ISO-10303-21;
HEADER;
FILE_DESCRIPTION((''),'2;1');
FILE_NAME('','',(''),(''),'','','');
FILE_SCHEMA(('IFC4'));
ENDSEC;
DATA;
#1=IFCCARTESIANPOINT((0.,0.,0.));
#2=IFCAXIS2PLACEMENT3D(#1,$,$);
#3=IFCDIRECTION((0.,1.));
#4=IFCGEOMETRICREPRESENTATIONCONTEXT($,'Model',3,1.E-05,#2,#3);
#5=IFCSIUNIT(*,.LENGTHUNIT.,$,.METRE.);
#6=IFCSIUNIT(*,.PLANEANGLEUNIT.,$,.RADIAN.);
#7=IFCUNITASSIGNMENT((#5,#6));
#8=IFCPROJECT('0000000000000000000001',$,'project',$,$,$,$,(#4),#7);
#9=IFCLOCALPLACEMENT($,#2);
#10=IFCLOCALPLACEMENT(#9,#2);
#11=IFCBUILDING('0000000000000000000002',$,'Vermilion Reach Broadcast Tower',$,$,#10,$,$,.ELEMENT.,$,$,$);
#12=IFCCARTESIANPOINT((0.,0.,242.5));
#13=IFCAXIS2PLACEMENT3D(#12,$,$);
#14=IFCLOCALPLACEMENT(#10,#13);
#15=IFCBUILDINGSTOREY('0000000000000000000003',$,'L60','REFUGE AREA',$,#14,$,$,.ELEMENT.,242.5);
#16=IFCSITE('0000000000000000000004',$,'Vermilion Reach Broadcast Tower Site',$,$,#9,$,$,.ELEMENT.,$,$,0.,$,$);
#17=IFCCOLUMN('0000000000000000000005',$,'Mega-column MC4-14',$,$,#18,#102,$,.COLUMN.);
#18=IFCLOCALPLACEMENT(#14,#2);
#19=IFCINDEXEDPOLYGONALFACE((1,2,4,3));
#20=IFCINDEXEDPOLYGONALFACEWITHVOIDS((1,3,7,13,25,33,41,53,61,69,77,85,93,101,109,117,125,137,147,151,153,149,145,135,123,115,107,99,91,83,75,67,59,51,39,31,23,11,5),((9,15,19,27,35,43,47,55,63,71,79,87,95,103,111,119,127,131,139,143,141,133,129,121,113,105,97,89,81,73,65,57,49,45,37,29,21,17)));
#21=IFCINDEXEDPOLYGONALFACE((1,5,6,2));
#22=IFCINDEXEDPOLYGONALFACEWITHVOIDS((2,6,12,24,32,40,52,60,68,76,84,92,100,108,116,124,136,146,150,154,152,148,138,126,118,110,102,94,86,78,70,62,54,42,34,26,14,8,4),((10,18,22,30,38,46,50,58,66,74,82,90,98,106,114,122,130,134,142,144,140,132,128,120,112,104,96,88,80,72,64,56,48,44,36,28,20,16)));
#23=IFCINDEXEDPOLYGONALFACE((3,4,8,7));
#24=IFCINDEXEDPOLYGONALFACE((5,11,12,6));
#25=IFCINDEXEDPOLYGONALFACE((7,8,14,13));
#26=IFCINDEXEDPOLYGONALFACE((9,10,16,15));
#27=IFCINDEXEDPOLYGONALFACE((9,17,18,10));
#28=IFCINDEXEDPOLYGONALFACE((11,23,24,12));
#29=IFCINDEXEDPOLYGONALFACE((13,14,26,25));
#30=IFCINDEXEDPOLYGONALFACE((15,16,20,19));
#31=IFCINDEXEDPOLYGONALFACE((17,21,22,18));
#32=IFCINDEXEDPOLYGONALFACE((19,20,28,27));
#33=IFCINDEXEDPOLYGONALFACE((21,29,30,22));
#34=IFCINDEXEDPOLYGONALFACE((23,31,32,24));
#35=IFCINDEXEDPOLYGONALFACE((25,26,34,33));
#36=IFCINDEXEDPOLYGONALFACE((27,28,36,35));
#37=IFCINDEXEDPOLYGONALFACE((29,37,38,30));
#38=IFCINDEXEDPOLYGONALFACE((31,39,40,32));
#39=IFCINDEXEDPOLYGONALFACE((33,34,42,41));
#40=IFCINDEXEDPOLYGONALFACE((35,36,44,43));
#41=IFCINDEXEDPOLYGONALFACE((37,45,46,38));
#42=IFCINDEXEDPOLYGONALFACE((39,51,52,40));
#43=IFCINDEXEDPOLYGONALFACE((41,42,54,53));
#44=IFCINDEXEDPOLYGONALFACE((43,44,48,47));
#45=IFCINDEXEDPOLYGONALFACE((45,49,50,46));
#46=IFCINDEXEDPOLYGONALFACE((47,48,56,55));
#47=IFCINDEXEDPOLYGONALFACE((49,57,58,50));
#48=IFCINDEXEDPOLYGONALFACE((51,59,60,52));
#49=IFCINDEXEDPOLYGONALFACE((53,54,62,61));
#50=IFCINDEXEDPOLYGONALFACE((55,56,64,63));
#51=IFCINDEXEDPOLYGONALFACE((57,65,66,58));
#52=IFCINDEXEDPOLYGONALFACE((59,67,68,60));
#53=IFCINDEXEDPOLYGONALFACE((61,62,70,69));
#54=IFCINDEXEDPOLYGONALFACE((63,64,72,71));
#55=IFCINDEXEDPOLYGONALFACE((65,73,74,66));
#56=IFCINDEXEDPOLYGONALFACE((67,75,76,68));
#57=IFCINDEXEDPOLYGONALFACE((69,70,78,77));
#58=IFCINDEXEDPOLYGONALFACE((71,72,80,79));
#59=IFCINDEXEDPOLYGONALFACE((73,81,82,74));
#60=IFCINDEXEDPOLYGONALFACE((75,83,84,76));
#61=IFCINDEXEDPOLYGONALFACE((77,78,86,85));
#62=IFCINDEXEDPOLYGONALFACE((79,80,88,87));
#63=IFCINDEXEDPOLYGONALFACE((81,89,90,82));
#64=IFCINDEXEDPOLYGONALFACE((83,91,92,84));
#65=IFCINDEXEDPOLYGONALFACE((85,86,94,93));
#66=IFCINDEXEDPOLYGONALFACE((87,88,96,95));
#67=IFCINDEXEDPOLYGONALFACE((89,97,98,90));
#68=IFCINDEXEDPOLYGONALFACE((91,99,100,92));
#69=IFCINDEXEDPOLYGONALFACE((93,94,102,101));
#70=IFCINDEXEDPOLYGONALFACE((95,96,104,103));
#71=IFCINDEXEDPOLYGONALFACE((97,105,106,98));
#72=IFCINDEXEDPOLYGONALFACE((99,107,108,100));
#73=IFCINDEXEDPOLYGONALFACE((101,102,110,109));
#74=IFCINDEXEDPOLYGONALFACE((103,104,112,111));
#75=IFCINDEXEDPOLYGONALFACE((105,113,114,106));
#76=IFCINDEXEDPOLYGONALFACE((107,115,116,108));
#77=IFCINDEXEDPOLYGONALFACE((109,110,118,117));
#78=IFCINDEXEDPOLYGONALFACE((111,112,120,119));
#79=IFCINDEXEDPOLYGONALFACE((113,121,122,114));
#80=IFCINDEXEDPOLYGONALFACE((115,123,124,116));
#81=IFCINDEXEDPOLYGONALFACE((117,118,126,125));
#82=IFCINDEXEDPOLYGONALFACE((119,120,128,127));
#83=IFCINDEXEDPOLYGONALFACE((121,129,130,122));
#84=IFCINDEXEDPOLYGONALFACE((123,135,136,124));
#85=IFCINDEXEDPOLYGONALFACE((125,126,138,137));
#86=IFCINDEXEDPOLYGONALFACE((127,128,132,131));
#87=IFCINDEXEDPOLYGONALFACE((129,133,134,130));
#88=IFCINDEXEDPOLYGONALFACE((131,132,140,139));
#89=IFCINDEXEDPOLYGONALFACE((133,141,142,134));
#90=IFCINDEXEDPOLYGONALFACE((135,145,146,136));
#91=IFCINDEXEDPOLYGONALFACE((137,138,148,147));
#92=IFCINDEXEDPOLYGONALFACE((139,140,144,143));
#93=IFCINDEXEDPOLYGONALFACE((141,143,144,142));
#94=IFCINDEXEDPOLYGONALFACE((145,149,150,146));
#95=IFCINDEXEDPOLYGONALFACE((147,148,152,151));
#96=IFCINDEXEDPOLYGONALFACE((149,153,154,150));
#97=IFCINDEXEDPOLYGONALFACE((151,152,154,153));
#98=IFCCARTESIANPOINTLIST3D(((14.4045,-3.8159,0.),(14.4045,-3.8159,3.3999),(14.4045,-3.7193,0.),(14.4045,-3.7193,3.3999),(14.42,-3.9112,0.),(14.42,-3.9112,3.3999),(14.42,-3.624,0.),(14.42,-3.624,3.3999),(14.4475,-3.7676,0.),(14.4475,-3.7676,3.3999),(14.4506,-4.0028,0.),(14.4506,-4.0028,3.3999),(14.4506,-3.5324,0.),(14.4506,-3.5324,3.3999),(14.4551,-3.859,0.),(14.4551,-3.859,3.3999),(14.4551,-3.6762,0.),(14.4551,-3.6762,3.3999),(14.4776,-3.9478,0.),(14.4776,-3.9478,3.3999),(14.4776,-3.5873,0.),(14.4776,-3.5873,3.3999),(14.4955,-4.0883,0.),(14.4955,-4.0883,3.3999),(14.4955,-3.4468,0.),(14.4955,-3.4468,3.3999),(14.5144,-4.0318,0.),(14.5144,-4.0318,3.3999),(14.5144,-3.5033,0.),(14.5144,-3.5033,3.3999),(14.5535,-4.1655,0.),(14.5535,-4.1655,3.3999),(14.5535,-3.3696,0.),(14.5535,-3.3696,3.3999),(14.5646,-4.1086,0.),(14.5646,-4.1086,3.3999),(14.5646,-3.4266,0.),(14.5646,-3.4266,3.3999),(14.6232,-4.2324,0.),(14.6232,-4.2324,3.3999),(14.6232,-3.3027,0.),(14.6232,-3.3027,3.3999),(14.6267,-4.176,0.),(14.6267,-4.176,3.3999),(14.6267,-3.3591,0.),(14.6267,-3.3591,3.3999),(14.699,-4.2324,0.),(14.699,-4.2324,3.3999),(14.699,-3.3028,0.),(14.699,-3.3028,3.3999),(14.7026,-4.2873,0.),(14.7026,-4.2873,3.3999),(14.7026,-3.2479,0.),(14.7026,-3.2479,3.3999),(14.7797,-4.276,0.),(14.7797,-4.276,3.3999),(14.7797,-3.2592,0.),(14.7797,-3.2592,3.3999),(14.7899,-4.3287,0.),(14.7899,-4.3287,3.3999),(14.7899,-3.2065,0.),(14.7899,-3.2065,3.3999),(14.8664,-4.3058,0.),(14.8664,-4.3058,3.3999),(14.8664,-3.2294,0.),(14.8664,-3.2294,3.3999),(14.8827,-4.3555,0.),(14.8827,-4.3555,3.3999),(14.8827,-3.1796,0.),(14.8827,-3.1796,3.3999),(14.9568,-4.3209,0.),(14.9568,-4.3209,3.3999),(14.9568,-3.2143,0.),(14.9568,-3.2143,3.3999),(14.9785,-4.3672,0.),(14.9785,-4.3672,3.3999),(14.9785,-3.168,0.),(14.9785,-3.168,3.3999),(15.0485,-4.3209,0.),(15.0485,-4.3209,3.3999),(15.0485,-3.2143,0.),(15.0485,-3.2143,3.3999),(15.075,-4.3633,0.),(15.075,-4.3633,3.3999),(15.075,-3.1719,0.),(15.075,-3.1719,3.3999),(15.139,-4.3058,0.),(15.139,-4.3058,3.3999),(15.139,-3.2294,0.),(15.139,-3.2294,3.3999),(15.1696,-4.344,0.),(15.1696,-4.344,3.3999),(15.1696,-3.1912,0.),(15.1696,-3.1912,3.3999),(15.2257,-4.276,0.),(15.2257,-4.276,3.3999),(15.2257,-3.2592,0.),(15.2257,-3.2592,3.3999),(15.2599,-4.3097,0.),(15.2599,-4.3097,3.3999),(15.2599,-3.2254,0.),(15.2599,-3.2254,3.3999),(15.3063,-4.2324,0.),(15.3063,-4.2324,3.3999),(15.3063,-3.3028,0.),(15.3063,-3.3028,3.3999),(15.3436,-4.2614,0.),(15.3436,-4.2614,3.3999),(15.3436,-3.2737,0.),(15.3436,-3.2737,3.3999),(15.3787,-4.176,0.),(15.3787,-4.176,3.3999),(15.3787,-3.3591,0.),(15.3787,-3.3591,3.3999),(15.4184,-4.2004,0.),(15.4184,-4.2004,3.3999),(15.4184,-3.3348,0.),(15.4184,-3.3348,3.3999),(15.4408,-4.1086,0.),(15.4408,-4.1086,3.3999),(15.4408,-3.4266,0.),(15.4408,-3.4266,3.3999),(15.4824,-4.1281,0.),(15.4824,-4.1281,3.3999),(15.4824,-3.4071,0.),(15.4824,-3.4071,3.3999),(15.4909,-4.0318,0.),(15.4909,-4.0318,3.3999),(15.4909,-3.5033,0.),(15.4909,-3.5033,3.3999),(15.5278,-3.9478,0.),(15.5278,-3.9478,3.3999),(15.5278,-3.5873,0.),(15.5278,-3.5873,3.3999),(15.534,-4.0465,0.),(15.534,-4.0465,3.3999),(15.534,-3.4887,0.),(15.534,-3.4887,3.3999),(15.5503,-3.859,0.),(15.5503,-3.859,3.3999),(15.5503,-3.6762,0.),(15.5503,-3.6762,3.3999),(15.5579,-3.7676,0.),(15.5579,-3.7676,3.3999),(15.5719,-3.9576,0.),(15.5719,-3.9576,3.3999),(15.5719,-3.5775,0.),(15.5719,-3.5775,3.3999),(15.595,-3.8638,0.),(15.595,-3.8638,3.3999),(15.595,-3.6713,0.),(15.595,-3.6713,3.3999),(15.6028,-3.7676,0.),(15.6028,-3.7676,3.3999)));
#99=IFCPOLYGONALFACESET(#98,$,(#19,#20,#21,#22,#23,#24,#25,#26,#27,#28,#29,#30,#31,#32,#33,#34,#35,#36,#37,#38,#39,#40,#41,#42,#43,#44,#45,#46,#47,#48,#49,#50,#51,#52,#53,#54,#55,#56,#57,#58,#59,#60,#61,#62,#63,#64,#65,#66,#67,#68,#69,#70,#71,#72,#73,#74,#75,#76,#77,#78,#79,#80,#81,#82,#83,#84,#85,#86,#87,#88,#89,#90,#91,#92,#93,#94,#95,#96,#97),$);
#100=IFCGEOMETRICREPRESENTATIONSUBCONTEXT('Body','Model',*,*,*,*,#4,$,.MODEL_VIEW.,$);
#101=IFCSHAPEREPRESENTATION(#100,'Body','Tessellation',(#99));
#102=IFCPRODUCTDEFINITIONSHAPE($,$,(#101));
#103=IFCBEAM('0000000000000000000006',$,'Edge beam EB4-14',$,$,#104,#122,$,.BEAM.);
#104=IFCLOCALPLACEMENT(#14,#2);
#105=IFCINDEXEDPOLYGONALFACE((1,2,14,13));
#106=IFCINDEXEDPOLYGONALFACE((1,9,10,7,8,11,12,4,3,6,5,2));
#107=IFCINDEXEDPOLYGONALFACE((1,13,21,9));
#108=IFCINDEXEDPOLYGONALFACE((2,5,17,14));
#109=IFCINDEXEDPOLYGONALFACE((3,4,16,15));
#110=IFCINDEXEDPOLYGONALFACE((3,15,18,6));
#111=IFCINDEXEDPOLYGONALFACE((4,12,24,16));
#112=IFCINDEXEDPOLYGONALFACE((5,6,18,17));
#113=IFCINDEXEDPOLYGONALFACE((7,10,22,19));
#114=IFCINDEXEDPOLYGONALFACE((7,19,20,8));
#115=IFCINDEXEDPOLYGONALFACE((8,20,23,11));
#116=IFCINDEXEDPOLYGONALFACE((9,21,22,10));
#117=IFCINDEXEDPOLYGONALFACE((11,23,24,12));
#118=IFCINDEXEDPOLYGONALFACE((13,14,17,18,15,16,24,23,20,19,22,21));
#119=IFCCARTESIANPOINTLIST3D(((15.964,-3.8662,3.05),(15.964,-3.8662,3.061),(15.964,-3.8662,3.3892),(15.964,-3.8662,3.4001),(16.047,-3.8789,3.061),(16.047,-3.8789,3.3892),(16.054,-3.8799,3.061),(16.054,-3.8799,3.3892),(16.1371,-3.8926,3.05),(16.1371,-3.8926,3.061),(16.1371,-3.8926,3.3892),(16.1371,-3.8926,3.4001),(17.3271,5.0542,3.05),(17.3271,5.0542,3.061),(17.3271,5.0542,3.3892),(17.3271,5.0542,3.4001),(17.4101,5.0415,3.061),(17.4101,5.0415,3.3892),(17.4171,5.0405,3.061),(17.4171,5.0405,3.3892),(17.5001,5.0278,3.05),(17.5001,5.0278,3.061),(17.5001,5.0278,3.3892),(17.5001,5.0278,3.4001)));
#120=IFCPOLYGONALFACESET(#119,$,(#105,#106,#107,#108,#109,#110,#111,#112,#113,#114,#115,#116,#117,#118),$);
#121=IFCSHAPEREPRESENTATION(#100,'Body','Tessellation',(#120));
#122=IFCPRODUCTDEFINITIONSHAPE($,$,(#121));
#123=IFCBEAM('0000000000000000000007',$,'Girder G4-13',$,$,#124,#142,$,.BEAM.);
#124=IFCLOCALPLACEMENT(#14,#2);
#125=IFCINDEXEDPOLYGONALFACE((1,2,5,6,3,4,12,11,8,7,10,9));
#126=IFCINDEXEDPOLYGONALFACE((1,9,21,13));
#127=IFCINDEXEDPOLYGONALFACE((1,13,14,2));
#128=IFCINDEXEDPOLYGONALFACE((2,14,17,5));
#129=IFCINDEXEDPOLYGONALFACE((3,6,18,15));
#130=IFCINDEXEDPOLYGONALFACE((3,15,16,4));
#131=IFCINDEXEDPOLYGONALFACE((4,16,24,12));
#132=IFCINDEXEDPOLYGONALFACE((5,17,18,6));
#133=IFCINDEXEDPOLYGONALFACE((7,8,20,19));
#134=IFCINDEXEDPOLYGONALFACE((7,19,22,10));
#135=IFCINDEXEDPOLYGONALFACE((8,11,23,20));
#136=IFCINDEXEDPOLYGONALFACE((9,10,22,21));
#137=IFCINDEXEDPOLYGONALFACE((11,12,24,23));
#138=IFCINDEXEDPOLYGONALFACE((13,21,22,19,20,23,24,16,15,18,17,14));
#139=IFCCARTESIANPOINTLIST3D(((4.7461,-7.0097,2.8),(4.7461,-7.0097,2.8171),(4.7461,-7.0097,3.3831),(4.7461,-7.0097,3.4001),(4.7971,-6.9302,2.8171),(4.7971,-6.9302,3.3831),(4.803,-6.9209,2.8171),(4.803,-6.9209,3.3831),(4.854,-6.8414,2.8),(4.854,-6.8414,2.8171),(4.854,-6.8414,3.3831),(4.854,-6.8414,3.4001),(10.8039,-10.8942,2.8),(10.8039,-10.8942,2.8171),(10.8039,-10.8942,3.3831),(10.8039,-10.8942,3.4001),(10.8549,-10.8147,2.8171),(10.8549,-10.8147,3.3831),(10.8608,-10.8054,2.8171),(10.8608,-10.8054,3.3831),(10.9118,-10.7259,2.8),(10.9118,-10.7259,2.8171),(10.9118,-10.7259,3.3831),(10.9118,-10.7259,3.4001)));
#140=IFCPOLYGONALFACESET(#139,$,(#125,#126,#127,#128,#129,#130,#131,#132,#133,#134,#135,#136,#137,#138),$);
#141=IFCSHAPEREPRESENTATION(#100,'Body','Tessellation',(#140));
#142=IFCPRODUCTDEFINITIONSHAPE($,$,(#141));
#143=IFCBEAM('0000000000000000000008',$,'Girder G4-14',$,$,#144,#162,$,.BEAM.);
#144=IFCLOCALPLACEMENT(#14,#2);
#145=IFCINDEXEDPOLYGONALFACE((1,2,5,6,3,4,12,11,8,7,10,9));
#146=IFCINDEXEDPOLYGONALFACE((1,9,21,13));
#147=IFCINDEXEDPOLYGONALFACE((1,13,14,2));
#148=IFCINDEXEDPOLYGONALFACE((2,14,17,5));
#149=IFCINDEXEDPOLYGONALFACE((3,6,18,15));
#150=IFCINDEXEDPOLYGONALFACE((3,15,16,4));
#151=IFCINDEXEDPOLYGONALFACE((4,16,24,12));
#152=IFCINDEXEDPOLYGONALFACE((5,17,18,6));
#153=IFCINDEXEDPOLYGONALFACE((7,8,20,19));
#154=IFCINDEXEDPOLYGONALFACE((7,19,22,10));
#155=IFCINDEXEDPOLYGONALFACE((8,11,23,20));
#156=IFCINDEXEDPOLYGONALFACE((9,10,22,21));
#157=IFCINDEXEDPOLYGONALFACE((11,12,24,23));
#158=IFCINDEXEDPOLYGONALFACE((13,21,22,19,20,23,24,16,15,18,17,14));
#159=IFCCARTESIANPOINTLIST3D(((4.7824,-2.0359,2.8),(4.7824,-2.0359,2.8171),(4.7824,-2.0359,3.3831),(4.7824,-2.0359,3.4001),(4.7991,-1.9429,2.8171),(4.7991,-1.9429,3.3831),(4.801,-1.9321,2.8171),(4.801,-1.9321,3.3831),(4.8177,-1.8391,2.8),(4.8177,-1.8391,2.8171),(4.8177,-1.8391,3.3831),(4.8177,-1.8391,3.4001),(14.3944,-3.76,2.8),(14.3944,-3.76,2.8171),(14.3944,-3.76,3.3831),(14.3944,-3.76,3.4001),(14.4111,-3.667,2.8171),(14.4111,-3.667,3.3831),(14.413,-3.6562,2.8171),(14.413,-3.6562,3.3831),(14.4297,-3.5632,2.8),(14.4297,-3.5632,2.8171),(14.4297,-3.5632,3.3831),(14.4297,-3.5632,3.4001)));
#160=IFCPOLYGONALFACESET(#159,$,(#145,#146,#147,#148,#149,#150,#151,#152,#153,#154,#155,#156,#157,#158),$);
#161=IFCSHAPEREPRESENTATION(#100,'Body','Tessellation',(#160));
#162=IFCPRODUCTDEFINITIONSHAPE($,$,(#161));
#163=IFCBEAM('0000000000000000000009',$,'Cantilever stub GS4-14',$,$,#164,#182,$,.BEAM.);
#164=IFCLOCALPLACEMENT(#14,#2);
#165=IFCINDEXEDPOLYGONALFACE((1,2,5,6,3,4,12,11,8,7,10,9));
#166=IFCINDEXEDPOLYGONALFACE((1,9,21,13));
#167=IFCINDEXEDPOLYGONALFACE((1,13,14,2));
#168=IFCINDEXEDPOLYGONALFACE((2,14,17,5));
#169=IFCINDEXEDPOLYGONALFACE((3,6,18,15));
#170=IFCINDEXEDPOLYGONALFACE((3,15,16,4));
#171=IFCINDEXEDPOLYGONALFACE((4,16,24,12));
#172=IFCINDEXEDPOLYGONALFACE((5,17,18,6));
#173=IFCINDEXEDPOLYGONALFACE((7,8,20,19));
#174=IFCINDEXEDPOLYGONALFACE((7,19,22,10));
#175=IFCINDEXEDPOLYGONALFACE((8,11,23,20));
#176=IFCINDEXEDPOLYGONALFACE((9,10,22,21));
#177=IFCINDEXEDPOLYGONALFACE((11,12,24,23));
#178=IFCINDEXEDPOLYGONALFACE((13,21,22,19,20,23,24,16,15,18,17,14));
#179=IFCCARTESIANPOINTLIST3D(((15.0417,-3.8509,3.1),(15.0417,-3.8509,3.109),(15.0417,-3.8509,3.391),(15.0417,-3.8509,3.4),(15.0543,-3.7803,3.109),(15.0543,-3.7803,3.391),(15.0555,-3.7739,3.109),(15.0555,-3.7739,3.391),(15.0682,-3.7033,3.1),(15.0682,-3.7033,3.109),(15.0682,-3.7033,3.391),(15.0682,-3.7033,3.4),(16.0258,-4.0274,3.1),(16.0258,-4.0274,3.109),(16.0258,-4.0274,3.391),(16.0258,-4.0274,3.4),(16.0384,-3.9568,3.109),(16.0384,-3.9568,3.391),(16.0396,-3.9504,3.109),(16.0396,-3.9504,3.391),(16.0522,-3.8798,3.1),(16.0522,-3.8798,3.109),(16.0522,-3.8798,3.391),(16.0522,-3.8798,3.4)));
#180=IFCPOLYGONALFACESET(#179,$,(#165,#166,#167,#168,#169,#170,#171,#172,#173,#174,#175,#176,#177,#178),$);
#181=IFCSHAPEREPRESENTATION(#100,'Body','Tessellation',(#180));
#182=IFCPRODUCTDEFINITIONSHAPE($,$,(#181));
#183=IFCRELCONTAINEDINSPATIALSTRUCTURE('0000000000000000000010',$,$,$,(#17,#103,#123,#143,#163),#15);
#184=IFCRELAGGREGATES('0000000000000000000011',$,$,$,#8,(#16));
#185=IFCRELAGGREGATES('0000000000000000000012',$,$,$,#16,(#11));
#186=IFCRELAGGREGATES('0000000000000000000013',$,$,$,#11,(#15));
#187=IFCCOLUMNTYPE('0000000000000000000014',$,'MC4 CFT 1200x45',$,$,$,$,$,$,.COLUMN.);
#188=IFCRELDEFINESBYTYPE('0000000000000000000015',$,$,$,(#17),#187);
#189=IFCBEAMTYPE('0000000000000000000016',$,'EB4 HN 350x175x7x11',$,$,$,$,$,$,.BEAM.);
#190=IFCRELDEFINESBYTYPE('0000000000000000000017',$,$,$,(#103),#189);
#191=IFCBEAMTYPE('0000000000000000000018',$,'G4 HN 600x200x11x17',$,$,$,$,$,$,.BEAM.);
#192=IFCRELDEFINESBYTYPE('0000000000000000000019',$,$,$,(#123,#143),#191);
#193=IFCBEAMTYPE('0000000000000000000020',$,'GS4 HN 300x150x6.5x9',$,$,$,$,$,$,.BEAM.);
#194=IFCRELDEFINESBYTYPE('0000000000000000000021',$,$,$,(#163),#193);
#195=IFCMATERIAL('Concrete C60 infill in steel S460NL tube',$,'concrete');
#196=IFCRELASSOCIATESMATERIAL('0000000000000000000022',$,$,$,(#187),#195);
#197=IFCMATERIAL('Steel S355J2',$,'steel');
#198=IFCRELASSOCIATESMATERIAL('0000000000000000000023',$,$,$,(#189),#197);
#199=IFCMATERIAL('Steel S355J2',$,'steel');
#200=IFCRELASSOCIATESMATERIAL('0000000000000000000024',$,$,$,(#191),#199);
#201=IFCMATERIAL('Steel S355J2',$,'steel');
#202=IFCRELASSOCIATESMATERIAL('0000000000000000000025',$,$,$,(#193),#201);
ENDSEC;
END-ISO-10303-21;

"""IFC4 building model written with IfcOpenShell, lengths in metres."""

from ifc_helpers import new_model, si_unit, direction, frame, origin, origin_2d, place, context, subcontext, project, spatial, hollow_circle, i_section, extrude, material, material_profile, profile_set, type_object, element, save


model = new_model("IFC4")

# Units and contexts
model_context = context("Model", 3, precision=1e-05, world=origin(), true_north=direction((0.0, 1.0)))
body_context = subcontext(model_context, "Body", "Model", "MODEL_VIEW")
ifc_project = project(units=[si_unit("LENGTHUNIT", "METRE"), si_unit("PLANEANGLEUNIT", "RADIAN")], contexts=[model_context])

# Site, building, storey
site_placement = place(None, origin())
site = spatial("IfcSite", under=ifc_project, at=site_placement, Name="Vermilion Reach Broadcast Tower Site", CompositionType="ELEMENT", RefElevation=0.0)
building_placement = place(site_placement, origin())
building = spatial("IfcBuilding", under=site, at=building_placement, Name="Vermilion Reach Broadcast Tower", CompositionType="ELEMENT")
storey_placement = place(building_placement, frame((0.0, 0.0, 242.5)))
storey = spatial("IfcBuildingStorey", under=building, at=storey_placement, Name="L60", Description="REFUGE AREA", CompositionType="ELEMENT", Elevation=242.5)

# Column
ifc_material_1 = material(Name="Concrete C60 infill in steel S460NL tube", Category="concrete")
ifc_material_profile_1 = material_profile(ifc_material_1, hollow_circle(Radius=0.6001, WallThickness=0.0449, at=origin_2d()), Name="Concrete C60 infill in steel S460NL tube CFT 1200x45")
ifc_profile_set_1 = profile_set([ifc_material_profile_1], Name="Concrete C60 infill in steel S460NL tube")
column_type = type_object("IfcColumnType", Name="MC4 CFT 1200x45", PredefinedType="COLUMN", material=ifc_profile_set_1)
column_placement = place(storey_placement, frame((15.0027, -3.7676, 0.0), z_axis=(0.0, 0.0, 1.0), x_axis=(1.0, 0.0, 0.0)))
element("IfcColumn", 1, at=column_placement, inside=storey, type_object=column_type, Name="Mega-column MC4-14", PredefinedType="COLUMN", context=body_context, shape_type="SweptSolid", body=[
    extrude(hollow_circle(Radius=0.6001, WallThickness=0.0449, at=origin_2d()), origin(), (0.0, 0.0, 1.0), 3.3999),
])

# Beams
ifc_material_2 = material(Name="Steel S355J2", Category="steel")
ifc_material_profile_2 = material_profile(ifc_material_2, i_section(OverallWidth=0.175, OverallDepth=0.3501, WebThickness=0.0071, FlangeThickness=0.011, at=origin_2d()), Name="S355J2 HN 350x175x7x11")
ifc_profile_set_2 = profile_set([ifc_material_profile_2], Name="Steel S355J2")
beam_type_1 = type_object("IfcBeamType", Name="EB4 HN 350x175x7x11", PredefinedType="BEAM", material=ifc_profile_set_2)
beam_1_placement = place(storey_placement, frame((16.0505, -3.8794, 3.2251), z_axis=(0.151047, 0.988527, 0.0), x_axis=(-0.988527, 0.151047, 0.0)))
element("IfcBeam", 2, at=beam_1_placement, inside=storey, type_object=beam_type_1, Name="Edge beam EB4-14", PredefinedType="BEAM", context=body_context, shape_type="SweptSolid", body=[
    extrude(i_section(OverallWidth=0.175, OverallDepth=0.3501, WebThickness=0.0071, FlangeThickness=0.011, at=origin_2d()), origin(), (0.0, 0.0, 1.0), 9.0239),
])
ifc_material_3 = material(Name="Steel S355J2", Category="steel")
ifc_material_profile_3 = material_profile(ifc_material_3, i_section(OverallWidth=0.2, OverallDepth=0.6001, WebThickness=0.011, FlangeThickness=0.0171, at=origin_2d()), Name="S355J2 HN 600x200x11x17")
ifc_profile_set_3 = profile_set([ifc_material_profile_3], Name="Steel S355J2")
beam_type_2 = type_object("IfcBeamType", Name="G4 HN 600x200x11x17", PredefinedType="BEAM", material=ifc_profile_set_3)
beam_2_placement = place(storey_placement, frame((4.8, -6.9255, 3.1001), z_axis=(0.841799, -0.539792, 0.0), x_axis=(0.539792, 0.841799, 0.0)))
element("IfcBeam", 3, at=beam_2_placement, inside=storey, type_object=beam_type_2, Name="Girder G4-13", PredefinedType="BEAM", context=body_context, shape_type="SweptSolid", body=[
    extrude(i_section(OverallWidth=0.2, OverallDepth=0.6001, WebThickness=0.011, FlangeThickness=0.0171, at=origin_2d()), origin(), (0.0, 0.0, 1.0), 7.1963),
])
beam_3_placement = place(storey_placement, frame((4.8, -1.9375, 3.1001), z_axis=(0.984291, -0.176553, 0.0), x_axis=(0.176553, 0.984291, 0.0)))
element("IfcBeam", 4, at=beam_3_placement, inside=storey, type_object=beam_type_2, Name="Girder G4-14", PredefinedType="BEAM", context=body_context, shape_type="SweptSolid", body=[
    extrude(i_section(OverallWidth=0.2, OverallDepth=0.6001, WebThickness=0.011, FlangeThickness=0.0171, at=origin_2d()), origin(), (0.0, 0.0, 1.0), 9.7654),
])
ifc_material_4 = material(Name="Steel S355J2", Category="steel")
ifc_material_profile_4 = material_profile(ifc_material_4, i_section(OverallWidth=0.1499, OverallDepth=0.3, WebThickness=0.0066, FlangeThickness=0.009, at=origin_2d()), Name="S355J2 HN 300x150x6.5x9")
ifc_profile_set_4 = profile_set([ifc_material_profile_4], Name="Steel S355J2")
beam_type_3 = type_object("IfcBeamType", Name="GS4 HN 300x150x6.5x9", PredefinedType="BEAM", material=ifc_profile_set_4)
beam_4_placement = place(storey_placement, frame((15.0549, -3.7771, 3.25), z_axis=(0.984293, -0.176543, 0.0), x_axis=(0.176543, 0.984293, 0.0)))
element("IfcBeam", 5, at=beam_4_placement, inside=storey, type_object=beam_type_3, Name="Cantilever stub GS4-14", PredefinedType="BEAM", context=body_context, shape_type="SweptSolid", body=[
    extrude(i_section(OverallWidth=0.1499, OverallDepth=0.3, WebThickness=0.0066, FlangeThickness=0.009, at=origin_2d()), origin(), (0.0, 0.0, 1.0), 0.9998),
])

save(model, "model.ifc")
